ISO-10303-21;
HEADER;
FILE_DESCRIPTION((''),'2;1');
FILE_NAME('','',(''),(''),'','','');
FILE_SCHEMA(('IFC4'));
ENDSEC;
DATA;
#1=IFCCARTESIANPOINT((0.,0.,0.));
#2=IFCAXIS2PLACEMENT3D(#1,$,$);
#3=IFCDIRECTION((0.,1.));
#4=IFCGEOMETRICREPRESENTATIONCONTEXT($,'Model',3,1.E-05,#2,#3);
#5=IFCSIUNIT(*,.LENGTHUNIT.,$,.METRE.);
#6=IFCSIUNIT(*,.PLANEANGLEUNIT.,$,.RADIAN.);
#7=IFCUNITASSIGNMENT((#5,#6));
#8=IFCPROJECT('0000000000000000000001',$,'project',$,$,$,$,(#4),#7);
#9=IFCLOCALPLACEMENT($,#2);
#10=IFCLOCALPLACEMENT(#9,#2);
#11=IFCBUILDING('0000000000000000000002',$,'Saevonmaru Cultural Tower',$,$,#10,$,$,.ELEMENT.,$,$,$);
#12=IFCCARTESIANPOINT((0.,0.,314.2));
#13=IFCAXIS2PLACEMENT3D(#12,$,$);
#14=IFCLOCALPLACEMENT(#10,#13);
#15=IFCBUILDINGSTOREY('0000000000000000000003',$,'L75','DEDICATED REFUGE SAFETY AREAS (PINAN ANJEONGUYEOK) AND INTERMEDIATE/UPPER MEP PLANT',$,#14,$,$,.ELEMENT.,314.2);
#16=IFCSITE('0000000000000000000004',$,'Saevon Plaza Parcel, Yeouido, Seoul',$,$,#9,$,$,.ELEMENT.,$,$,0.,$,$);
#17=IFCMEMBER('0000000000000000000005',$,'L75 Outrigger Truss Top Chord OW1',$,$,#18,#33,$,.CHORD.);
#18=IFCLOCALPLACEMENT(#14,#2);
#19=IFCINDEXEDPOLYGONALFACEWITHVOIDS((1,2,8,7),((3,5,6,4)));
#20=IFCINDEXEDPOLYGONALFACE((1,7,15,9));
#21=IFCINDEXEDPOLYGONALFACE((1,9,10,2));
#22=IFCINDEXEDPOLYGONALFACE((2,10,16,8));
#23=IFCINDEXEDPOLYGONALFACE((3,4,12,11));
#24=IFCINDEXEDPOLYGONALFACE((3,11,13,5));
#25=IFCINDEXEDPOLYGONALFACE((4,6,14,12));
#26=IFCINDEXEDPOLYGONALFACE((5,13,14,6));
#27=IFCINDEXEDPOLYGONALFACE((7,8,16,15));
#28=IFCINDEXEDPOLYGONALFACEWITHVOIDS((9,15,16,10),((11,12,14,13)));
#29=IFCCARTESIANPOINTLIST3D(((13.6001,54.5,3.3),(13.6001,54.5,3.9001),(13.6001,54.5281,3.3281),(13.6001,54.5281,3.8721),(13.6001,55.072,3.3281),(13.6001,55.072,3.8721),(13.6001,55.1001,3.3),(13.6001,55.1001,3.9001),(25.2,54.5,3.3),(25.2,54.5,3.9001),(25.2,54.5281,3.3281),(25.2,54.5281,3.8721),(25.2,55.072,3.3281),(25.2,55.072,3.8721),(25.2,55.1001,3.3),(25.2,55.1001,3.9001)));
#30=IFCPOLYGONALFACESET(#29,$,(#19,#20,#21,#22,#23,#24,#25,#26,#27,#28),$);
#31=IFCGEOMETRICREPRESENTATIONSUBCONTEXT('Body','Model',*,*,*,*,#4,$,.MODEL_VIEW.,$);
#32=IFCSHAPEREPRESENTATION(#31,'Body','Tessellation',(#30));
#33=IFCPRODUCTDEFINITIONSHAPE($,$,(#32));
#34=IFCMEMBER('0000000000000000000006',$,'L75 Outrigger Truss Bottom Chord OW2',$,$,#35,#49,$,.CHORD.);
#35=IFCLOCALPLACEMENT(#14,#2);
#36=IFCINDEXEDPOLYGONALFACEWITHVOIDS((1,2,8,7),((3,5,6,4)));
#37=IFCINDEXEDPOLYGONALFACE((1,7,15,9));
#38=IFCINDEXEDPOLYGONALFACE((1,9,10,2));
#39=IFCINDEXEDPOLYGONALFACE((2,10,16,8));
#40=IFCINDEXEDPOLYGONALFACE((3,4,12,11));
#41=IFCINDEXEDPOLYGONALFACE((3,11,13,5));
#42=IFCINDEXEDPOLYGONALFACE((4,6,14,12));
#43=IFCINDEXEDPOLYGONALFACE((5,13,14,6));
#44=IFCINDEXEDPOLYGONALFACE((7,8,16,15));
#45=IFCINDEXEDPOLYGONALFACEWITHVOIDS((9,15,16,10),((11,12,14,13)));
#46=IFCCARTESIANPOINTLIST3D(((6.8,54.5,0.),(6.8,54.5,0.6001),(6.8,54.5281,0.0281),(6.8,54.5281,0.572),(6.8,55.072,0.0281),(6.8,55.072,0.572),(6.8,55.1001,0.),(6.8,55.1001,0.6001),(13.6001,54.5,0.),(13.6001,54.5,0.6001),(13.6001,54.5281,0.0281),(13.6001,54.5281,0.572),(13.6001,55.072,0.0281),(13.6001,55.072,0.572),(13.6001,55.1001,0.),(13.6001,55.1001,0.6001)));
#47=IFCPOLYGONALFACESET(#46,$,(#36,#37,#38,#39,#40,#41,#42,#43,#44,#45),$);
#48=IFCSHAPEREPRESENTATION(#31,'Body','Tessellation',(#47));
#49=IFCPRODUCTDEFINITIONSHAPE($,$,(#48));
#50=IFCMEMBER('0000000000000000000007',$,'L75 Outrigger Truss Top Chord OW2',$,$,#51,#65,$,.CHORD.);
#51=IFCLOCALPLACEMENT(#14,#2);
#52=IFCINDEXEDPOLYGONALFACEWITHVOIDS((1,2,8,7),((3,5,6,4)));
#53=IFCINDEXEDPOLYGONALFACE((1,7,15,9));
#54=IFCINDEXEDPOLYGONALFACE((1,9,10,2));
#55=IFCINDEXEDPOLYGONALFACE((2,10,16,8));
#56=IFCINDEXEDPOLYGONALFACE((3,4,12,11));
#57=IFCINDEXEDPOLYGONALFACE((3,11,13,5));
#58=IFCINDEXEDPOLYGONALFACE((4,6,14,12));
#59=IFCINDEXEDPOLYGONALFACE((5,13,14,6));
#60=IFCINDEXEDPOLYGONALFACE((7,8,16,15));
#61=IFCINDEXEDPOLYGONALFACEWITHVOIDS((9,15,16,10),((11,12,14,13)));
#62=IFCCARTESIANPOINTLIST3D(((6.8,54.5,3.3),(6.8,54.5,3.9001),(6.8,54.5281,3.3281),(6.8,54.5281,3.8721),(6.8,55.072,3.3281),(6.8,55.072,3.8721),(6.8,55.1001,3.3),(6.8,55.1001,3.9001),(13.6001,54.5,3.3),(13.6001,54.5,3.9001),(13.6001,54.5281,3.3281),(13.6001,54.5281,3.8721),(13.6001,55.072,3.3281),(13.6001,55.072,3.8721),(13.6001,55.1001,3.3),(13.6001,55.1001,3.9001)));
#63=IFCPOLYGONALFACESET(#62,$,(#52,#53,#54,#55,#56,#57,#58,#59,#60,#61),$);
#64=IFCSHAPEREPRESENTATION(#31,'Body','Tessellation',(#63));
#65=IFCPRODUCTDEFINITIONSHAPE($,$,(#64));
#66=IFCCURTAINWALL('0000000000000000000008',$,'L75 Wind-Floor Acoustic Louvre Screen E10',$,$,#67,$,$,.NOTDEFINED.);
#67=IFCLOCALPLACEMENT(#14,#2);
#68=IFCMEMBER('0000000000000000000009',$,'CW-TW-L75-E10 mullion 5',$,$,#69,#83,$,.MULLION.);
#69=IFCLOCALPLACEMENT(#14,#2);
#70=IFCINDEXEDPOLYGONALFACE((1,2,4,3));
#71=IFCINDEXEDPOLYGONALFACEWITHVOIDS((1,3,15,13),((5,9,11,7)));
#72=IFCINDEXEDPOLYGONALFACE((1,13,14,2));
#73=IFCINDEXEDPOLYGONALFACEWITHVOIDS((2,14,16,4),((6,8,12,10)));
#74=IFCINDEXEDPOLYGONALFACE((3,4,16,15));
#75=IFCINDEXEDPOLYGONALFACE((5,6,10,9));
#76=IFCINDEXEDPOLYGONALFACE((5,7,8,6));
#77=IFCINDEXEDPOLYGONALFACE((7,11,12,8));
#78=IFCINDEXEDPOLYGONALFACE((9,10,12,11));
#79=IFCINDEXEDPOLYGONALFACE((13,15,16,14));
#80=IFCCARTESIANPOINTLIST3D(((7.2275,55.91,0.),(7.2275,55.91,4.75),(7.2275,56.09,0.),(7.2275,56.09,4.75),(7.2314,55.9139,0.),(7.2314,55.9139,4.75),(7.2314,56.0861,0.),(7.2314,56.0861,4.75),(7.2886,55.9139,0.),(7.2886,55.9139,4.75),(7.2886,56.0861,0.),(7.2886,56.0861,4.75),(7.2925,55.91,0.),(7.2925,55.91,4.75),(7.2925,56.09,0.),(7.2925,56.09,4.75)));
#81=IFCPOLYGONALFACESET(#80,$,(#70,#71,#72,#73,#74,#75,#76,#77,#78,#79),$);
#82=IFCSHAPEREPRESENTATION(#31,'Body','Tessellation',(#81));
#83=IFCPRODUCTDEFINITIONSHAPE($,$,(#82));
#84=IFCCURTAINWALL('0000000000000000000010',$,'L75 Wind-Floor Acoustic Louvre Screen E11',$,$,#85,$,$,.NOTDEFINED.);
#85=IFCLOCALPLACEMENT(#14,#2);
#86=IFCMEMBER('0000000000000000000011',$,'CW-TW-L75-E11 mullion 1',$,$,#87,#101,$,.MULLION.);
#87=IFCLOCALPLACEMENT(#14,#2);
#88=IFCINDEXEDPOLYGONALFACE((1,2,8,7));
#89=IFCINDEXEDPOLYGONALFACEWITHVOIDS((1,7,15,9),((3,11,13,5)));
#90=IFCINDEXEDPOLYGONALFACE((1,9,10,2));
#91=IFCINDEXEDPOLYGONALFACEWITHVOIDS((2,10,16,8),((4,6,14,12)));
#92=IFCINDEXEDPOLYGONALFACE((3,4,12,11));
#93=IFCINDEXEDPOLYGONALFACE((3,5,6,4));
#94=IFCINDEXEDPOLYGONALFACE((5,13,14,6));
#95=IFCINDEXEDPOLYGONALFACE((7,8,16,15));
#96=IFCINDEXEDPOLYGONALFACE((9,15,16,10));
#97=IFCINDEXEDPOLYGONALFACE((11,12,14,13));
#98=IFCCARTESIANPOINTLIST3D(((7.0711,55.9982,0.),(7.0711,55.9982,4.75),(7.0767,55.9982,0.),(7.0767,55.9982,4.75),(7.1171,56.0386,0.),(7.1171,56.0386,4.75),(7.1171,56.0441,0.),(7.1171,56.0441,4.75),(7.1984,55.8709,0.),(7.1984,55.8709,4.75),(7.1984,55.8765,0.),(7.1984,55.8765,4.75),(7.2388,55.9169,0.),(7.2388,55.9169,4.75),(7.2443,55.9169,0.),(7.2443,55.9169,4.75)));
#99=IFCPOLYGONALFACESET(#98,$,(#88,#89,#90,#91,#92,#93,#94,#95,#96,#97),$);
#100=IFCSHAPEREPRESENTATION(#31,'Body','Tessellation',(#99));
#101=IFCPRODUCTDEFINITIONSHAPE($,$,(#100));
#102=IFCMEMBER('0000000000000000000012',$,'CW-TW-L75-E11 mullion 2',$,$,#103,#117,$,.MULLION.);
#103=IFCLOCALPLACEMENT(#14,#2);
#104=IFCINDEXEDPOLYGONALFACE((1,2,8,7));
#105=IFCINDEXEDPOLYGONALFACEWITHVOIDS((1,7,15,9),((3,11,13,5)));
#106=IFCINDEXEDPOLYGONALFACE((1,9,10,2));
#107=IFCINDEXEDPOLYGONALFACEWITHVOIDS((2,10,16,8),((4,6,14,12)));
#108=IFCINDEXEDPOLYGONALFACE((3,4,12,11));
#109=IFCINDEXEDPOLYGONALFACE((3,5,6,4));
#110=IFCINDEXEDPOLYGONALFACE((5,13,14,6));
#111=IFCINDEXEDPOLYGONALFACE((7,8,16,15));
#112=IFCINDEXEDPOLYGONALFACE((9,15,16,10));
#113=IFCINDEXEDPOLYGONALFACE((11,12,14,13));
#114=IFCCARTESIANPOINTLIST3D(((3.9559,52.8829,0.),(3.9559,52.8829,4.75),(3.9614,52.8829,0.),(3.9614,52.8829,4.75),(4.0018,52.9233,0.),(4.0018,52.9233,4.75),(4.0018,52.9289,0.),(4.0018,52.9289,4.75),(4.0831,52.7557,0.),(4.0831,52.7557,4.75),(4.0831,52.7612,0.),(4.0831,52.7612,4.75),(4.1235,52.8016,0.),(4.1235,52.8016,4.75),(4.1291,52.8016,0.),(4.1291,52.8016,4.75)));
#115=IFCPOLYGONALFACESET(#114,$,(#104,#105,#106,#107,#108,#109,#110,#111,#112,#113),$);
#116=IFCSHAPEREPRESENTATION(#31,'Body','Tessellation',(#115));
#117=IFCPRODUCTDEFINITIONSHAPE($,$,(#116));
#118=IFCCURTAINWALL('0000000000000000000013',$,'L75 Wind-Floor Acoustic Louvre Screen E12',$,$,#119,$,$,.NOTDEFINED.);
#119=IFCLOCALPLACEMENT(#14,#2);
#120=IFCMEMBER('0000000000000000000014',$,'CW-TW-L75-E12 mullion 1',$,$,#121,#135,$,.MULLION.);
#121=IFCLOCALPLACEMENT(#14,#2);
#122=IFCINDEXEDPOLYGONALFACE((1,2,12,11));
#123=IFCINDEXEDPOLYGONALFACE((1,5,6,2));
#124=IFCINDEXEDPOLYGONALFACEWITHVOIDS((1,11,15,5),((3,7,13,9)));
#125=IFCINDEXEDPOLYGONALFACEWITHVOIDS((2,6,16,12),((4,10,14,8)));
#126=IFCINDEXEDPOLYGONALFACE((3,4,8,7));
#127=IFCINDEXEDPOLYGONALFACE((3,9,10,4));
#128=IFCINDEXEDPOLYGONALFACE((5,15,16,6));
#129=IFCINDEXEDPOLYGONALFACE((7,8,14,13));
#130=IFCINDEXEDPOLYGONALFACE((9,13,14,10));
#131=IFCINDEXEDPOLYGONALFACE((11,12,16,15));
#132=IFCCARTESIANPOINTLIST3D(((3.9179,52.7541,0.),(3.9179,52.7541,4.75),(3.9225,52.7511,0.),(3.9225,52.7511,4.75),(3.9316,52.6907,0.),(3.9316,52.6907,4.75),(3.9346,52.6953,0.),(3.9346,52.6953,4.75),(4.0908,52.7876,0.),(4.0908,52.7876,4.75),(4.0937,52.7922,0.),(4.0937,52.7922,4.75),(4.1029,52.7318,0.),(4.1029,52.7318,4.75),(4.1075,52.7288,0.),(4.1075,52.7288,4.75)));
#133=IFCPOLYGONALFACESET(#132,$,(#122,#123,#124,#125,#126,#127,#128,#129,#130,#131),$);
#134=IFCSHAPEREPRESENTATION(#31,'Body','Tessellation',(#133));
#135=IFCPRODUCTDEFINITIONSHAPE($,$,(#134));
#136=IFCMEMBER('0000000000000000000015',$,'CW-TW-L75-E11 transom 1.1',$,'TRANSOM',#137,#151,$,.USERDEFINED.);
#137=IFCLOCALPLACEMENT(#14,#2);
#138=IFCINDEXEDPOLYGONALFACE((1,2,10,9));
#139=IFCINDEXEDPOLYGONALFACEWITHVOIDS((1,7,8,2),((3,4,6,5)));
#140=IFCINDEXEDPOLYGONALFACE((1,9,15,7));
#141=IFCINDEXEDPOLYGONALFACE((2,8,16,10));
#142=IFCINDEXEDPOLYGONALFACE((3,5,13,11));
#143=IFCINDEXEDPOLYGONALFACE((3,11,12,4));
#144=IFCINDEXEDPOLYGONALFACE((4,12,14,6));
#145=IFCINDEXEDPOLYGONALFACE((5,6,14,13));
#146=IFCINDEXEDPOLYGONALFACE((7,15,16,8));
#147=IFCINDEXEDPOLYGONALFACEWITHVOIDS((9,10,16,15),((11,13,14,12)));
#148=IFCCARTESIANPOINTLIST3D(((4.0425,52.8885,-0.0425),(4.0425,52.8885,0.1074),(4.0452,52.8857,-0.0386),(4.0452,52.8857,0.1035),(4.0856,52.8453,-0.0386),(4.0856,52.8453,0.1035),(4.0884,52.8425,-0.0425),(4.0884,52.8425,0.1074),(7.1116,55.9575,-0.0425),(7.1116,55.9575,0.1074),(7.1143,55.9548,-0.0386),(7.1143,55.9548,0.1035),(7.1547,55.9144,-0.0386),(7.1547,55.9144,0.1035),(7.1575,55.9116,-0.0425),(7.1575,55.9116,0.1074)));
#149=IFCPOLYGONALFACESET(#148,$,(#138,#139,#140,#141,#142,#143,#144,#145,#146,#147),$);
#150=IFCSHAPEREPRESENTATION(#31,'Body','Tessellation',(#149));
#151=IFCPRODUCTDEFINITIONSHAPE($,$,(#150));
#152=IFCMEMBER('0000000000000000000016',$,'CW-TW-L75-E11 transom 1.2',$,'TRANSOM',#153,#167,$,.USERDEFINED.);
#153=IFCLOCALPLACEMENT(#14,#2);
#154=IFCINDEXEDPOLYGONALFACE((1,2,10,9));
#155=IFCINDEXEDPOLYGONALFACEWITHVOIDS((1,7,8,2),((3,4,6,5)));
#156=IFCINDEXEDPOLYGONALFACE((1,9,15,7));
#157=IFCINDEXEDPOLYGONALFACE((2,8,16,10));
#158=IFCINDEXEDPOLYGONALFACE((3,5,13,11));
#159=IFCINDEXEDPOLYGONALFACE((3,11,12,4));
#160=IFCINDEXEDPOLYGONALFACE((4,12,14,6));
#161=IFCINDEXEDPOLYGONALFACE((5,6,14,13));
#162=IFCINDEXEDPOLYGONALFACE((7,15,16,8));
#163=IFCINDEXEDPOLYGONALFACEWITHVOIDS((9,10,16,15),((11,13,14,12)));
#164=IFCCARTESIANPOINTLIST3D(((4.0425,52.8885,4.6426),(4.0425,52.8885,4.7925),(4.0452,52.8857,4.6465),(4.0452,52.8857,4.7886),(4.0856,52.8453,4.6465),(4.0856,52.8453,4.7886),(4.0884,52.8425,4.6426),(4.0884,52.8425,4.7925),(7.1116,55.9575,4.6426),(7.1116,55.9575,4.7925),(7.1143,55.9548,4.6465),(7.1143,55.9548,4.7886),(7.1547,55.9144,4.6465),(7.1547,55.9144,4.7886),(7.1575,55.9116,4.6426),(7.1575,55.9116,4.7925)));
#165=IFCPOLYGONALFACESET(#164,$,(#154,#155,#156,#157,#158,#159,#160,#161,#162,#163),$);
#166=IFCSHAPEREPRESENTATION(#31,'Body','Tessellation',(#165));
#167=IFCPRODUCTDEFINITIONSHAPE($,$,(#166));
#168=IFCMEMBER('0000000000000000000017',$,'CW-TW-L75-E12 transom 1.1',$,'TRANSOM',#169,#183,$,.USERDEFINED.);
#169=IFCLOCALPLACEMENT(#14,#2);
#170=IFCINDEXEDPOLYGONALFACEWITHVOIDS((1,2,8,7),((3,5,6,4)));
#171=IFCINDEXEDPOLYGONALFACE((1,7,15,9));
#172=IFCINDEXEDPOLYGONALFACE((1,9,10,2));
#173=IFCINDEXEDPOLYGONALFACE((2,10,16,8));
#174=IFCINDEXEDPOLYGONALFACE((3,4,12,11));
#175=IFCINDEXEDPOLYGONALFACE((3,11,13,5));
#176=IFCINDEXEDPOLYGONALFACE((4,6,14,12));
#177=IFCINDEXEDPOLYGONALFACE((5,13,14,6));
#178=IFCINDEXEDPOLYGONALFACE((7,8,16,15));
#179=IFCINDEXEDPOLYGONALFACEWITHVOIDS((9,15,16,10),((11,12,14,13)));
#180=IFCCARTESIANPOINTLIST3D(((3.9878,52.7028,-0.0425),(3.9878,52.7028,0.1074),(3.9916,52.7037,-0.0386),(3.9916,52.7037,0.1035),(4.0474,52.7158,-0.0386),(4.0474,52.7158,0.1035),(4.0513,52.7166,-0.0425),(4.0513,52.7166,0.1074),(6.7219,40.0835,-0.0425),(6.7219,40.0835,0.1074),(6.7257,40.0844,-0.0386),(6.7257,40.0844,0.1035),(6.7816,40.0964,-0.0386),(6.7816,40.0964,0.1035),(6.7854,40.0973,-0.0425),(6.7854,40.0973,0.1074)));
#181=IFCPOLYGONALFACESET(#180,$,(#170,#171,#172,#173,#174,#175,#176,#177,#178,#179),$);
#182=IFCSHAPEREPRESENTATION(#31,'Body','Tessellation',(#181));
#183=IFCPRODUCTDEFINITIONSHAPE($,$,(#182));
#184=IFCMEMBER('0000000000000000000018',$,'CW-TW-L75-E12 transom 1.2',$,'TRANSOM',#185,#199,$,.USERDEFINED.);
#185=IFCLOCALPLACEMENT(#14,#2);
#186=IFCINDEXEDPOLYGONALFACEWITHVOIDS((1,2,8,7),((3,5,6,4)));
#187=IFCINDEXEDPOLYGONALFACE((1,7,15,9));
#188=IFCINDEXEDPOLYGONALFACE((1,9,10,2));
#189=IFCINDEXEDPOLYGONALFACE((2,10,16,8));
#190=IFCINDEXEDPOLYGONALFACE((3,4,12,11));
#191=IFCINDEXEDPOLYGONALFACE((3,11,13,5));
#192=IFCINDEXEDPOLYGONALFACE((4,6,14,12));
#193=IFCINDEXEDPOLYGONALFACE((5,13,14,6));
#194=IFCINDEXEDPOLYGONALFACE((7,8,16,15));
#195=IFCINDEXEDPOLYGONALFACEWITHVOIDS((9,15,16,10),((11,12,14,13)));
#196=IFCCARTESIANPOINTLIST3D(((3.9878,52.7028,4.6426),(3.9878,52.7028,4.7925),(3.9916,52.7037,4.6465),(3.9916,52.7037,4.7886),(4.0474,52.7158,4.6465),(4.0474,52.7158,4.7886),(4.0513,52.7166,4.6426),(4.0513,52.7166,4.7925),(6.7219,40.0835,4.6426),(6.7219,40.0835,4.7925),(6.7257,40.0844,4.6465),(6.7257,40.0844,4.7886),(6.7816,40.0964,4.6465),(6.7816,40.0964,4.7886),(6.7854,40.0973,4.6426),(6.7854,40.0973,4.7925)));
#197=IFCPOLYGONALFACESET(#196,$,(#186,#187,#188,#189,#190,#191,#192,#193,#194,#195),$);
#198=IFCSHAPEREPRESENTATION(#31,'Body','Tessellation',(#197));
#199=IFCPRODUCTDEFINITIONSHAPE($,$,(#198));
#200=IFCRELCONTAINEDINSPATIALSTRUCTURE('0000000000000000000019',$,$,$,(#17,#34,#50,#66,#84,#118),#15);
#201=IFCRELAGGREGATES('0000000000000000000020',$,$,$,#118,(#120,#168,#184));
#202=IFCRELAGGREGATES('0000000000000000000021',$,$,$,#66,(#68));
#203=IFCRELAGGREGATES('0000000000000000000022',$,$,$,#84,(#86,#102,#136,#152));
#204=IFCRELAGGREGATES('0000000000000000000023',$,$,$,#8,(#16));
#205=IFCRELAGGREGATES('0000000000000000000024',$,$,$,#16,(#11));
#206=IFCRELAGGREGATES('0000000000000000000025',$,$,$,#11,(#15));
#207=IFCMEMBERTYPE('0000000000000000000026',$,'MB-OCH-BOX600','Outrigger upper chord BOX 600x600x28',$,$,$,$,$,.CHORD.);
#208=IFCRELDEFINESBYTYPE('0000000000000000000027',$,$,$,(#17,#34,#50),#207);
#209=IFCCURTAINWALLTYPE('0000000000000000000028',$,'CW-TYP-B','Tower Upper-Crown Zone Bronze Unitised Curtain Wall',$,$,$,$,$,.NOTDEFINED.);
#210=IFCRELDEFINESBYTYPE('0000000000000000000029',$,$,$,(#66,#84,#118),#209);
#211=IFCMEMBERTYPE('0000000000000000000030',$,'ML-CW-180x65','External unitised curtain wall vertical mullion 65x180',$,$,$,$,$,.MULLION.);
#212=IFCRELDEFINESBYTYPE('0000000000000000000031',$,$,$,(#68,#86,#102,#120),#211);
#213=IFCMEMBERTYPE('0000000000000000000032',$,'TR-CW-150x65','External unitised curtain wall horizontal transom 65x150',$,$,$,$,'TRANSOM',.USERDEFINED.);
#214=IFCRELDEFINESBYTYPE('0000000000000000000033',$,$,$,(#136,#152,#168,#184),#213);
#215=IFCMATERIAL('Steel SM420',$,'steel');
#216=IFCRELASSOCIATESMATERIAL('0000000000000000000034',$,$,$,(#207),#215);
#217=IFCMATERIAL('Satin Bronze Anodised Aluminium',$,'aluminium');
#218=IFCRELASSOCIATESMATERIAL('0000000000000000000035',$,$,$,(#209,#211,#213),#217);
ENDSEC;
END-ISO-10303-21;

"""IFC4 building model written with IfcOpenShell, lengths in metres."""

from ifc_helpers import new_model, si_unit, direction, frame, origin, origin_2d, place, context, subcontext, project, spatial, hollow_rectangle, extrude, material, material_profile, profile_set, type_object, element, aggregate, save


model = new_model("IFC4")

# Units and contexts
model_context = context("Model", 3, precision=1e-05, world=origin(), true_north=direction((0.0, 1.0)))
body_context = subcontext(model_context, "Body", "Model", "MODEL_VIEW")
ifc_project = project(units=[si_unit("LENGTHUNIT", "METRE"), si_unit("PLANEANGLEUNIT", "RADIAN")], contexts=[model_context])

# Site, building, storey
site_placement = place(None, origin())
site = spatial("IfcSite", under=ifc_project, at=site_placement, Name="Saevon Plaza Parcel, Yeouido, Seoul", CompositionType="ELEMENT", RefElevation=0.0)
building_placement = place(site_placement, origin())
building = spatial("IfcBuilding", under=site, at=building_placement, Name="Saevonmaru Cultural Tower", CompositionType="ELEMENT")
storey_placement = place(building_placement, frame((0.0, 0.0, 314.2)))
storey = spatial("IfcBuildingStorey", under=building, at=storey_placement, Name="L75", Description="DEDICATED REFUGE SAFETY AREAS (PINAN ANJEONGUYEOK) AND INTERMEDIATE/UPPER MEP PLANT", CompositionType="ELEMENT", Elevation=314.2)

# Members
ifc_material_1 = material(Name="Steel SM420", Category="steel")
ifc_material_profile_1 = material_profile(ifc_material_1, hollow_rectangle(XDim=0.6001, YDim=0.6001, WallThickness=0.0281, at=origin_2d()), Name="BOX-600x600x28")
ifc_profile_set_1 = profile_set([ifc_material_profile_1], Name="Steel SM420")
member_type_1 = type_object("IfcMemberType", Name="MB-OCH-BOX600", Description="Outrigger upper chord BOX 600x600x28", PredefinedType="CHORD", material=ifc_profile_set_1)
for number, where, z_axis, x_axis, name in (
    (1, (13.6001, 54.8, 3.6001), (1.0, 0.0, 0.0), (0.0, 1.0, 0.0), "L75 Outrigger Truss Top Chord OW1"),
):
    element("IfcMember", number, at=place(storey_placement, frame(where, z_axis=z_axis, x_axis=x_axis)), inside=storey, type_object=member_type_1, Name=name, PredefinedType="CHORD", context=body_context, shape_type="SweptSolid", body=[
        extrude(hollow_rectangle(XDim=0.6001, YDim=0.6001, WallThickness=0.0281, at=origin_2d()), origin(), (0.0, 0.0, 1.0), 11.5999),
    ])
for number, where, z_axis, x_axis, name in (
    (2, (6.8, 54.8, 0.3), (1.0, 0.0, 0.0), (0.0, 1.0, 0.0), "L75 Outrigger Truss Bottom Chord OW2"),
    (3, (6.8, 54.8, 3.6001), (1.0, 0.0, 0.0), (0.0, 1.0, 0.0), "L75 Outrigger Truss Top Chord OW2"),
):
    element("IfcMember", number, at=place(storey_placement, frame(where, z_axis=z_axis, x_axis=x_axis)), inside=storey, type_object=member_type_1, Name=name, PredefinedType="CHORD", context=body_context, shape_type="SweptSolid", body=[
        extrude(hollow_rectangle(XDim=0.6001, YDim=0.6001, WallThickness=0.0281, at=origin_2d()), origin(), (0.0, 0.0, 1.0), 6.8),
    ])

# Curtain wall, member
ifc_material_2 = material(Name="Satin Bronze Anodised Aluminium", Category="aluminium")
curtain_wall_type = type_object("IfcCurtainWallType", Name="CW-TYP-B", Description="Tower Upper-Crown Zone Bronze Unitised Curtain Wall", PredefinedType="NOTDEFINED", material=ifc_material_2)
curtain_wall_1_placement = place(storey_placement, origin())
curtain_wall_1 = element("IfcCurtainWall", 4, at=curtain_wall_1_placement, inside=storey, type_object=curtain_wall_type, Name="L75 Wind-Floor Acoustic Louvre Screen E10", PredefinedType="NOTDEFINED")
ifc_material_profile_2 = material_profile(ifc_material_2, hollow_rectangle(XDim=0.0649, YDim=0.1799, WallThickness=0.0039, at=origin_2d()), Name="ALU-MULL-180x65x4")
ifc_profile_set_2 = profile_set([ifc_material_profile_2], Name="Satin Bronze Anodised Aluminium")
member_type_2 = type_object("IfcMemberType", Name="ML-CW-180x65", Description="External unitised curtain wall vertical mullion 65x180", PredefinedType="MULLION", material=ifc_profile_set_2)
member_1_placement = place(storey_placement, frame((7.26, 56.0, 0.0), z_axis=(0.0, 0.0, 1.0), x_axis=(-1.0, 0.0, 0.0)))
member_1 = element("IfcMember", 5, at=member_1_placement, type_object=member_type_2, Name="CW-TW-L75-E10 mullion 5", PredefinedType="MULLION", context=body_context, shape_type="SweptSolid", body=[
    extrude(hollow_rectangle(XDim=0.0649, YDim=0.1799, WallThickness=0.0039, at=origin_2d()), origin(), (0.0, 0.0, 1.0), 4.75),
])

# Curtain wall, members
curtain_wall_2_placement = place(storey_placement, origin())
curtain_wall_2 = element("IfcCurtainWall", 6, at=curtain_wall_2_placement, inside=storey, type_object=curtain_wall_type, Name="L75 Wind-Floor Acoustic Louvre Screen E11", PredefinedType="NOTDEFINED")
member_2_placement = place(storey_placement, frame((7.1577, 55.9575, 0.0), z_axis=(0.0, 0.0, 1.0), x_axis=(-0.707107, -0.707107, 0.0)))
member_2 = element("IfcMember", 7, at=member_2_placement, type_object=member_type_2, Name="CW-TW-L75-E11 mullion 1", PredefinedType="MULLION", context=body_context, shape_type="SweptSolid", body=[
    extrude(hollow_rectangle(XDim=0.0649, YDim=0.1799, WallThickness=0.0039, at=origin_2d()), origin(), (0.0, 0.0, 1.0), 4.75),
])
member_3_placement = place(storey_placement, frame((4.0425, 52.8423, 0.0), z_axis=(0.0, 0.0, 1.0), x_axis=(-0.707107, -0.707107, 0.0)))
member_3 = element("IfcMember", 8, at=member_3_placement, type_object=member_type_2, Name="CW-TW-L75-E11 mullion 2", PredefinedType="MULLION", context=body_context, shape_type="SweptSolid", body=[
    extrude(hollow_rectangle(XDim=0.0649, YDim=0.1799, WallThickness=0.0039, at=origin_2d()), origin(), (0.0, 0.0, 1.0), 4.75),
])

# Curtain wall, member
curtain_wall_3_placement = place(storey_placement, origin())
curtain_wall_3 = element("IfcCurtainWall", 9, at=curtain_wall_3_placement, inside=storey, type_object=curtain_wall_type, Name="L75 Wind-Floor Acoustic Louvre Screen E12", PredefinedType="NOTDEFINED")
member_4_placement = place(storey_placement, frame((4.0127, 52.7415, 0.0), z_axis=(0.0, 0.0, 1.0), x_axis=(0.21175, -0.977324, 0.0)))
member_4 = element("IfcMember", 10, at=member_4_placement, type_object=member_type_2, Name="CW-TW-L75-E12 mullion 1", PredefinedType="MULLION", context=body_context, shape_type="SweptSolid", body=[
    extrude(hollow_rectangle(XDim=0.0649, YDim=0.1799, WallThickness=0.0039, at=origin_2d()), origin(), (0.0, 0.0, 1.0), 4.75),
])

# Members
ifc_material_profile_3 = material_profile(ifc_material_2, hollow_rectangle(XDim=0.0649, YDim=0.1499, WallThickness=0.0039, at=origin_2d()), Name="ALU-TRAN-150x65x4")
ifc_profile_set_3 = profile_set([ifc_material_profile_3], Name="Satin Bronze Anodised Aluminium")
member_type_3 = type_object("IfcMemberType", Name="TR-CW-150x65", Description="External unitised curtain wall horizontal transom 65x150", ElementType="TRANSOM", PredefinedType="USERDEFINED", material=ifc_profile_set_3)
member_5_placement = place(storey_placement, frame((7.1345, 55.9346, 0.0325), z_axis=(-0.707107, -0.707107, 0.0), x_axis=(0.707107, -0.707107, 0.0)))
member_5 = element("IfcMember", 11, at=member_5_placement, type_object=member_type_3, Name="CW-TW-L75-E11 transom 1.1", ObjectType="TRANSOM", PredefinedType="USERDEFINED", context=body_context, shape_type="SweptSolid", body=[
    extrude(hollow_rectangle(XDim=0.0649, YDim=0.1499, WallThickness=0.0039, at=origin_2d()), origin(), (0.0, 0.0, 1.0), 4.3403),
])
member_6_placement = place(storey_placement, frame((7.1345, 55.9346, 4.7175), z_axis=(-0.707107, -0.707107, 0.0), x_axis=(0.707107, -0.707107, 0.0)))
member_6 = element("IfcMember", 12, at=member_6_placement, type_object=member_type_3, Name="CW-TW-L75-E11 transom 1.2", ObjectType="TRANSOM", PredefinedType="USERDEFINED", context=body_context, shape_type="SweptSolid", body=[
    extrude(hollow_rectangle(XDim=0.0649, YDim=0.1499, WallThickness=0.0039, at=origin_2d()), origin(), (0.0, 0.0, 1.0), 4.3403),
])
member_7_placement = place(storey_placement, frame((4.0195, 52.7097, 0.0325), z_axis=(0.211748, -0.977324, 0.0), x_axis=(0.977324, 0.211748, 0.0)))
member_7 = element("IfcMember", 13, at=member_7_placement, type_object=member_type_3, Name="CW-TW-L75-E12 transom 1.1", ObjectType="TRANSOM", PredefinedType="USERDEFINED", context=body_context, shape_type="SweptSolid", body=[
    extrude(hollow_rectangle(XDim=0.0649, YDim=0.1499, WallThickness=0.0039, at=origin_2d()), origin(), (0.0, 0.0, 1.0), 12.9121),
])
member_8_placement = place(storey_placement, frame((4.0195, 52.7097, 4.7175), z_axis=(0.211748, -0.977324, 0.0), x_axis=(0.977324, 0.211748, 0.0)))
member_8 = element("IfcMember", 14, at=member_8_placement, type_object=member_type_3, Name="CW-TW-L75-E12 transom 1.2", ObjectType="TRANSOM", PredefinedType="USERDEFINED", context=body_context, shape_type="SweptSolid", body=[
    extrude(hollow_rectangle(XDim=0.0649, YDim=0.1499, WallThickness=0.0039, at=origin_2d()), origin(), (0.0, 0.0, 1.0), 12.9121),
])
aggregate(curtain_wall_3, [member_4, member_7, member_8])

aggregate(curtain_wall_1, [member_1])
aggregate(curtain_wall_2, [member_2, member_3, member_5, member_6])

save(model, "model.ifc")
